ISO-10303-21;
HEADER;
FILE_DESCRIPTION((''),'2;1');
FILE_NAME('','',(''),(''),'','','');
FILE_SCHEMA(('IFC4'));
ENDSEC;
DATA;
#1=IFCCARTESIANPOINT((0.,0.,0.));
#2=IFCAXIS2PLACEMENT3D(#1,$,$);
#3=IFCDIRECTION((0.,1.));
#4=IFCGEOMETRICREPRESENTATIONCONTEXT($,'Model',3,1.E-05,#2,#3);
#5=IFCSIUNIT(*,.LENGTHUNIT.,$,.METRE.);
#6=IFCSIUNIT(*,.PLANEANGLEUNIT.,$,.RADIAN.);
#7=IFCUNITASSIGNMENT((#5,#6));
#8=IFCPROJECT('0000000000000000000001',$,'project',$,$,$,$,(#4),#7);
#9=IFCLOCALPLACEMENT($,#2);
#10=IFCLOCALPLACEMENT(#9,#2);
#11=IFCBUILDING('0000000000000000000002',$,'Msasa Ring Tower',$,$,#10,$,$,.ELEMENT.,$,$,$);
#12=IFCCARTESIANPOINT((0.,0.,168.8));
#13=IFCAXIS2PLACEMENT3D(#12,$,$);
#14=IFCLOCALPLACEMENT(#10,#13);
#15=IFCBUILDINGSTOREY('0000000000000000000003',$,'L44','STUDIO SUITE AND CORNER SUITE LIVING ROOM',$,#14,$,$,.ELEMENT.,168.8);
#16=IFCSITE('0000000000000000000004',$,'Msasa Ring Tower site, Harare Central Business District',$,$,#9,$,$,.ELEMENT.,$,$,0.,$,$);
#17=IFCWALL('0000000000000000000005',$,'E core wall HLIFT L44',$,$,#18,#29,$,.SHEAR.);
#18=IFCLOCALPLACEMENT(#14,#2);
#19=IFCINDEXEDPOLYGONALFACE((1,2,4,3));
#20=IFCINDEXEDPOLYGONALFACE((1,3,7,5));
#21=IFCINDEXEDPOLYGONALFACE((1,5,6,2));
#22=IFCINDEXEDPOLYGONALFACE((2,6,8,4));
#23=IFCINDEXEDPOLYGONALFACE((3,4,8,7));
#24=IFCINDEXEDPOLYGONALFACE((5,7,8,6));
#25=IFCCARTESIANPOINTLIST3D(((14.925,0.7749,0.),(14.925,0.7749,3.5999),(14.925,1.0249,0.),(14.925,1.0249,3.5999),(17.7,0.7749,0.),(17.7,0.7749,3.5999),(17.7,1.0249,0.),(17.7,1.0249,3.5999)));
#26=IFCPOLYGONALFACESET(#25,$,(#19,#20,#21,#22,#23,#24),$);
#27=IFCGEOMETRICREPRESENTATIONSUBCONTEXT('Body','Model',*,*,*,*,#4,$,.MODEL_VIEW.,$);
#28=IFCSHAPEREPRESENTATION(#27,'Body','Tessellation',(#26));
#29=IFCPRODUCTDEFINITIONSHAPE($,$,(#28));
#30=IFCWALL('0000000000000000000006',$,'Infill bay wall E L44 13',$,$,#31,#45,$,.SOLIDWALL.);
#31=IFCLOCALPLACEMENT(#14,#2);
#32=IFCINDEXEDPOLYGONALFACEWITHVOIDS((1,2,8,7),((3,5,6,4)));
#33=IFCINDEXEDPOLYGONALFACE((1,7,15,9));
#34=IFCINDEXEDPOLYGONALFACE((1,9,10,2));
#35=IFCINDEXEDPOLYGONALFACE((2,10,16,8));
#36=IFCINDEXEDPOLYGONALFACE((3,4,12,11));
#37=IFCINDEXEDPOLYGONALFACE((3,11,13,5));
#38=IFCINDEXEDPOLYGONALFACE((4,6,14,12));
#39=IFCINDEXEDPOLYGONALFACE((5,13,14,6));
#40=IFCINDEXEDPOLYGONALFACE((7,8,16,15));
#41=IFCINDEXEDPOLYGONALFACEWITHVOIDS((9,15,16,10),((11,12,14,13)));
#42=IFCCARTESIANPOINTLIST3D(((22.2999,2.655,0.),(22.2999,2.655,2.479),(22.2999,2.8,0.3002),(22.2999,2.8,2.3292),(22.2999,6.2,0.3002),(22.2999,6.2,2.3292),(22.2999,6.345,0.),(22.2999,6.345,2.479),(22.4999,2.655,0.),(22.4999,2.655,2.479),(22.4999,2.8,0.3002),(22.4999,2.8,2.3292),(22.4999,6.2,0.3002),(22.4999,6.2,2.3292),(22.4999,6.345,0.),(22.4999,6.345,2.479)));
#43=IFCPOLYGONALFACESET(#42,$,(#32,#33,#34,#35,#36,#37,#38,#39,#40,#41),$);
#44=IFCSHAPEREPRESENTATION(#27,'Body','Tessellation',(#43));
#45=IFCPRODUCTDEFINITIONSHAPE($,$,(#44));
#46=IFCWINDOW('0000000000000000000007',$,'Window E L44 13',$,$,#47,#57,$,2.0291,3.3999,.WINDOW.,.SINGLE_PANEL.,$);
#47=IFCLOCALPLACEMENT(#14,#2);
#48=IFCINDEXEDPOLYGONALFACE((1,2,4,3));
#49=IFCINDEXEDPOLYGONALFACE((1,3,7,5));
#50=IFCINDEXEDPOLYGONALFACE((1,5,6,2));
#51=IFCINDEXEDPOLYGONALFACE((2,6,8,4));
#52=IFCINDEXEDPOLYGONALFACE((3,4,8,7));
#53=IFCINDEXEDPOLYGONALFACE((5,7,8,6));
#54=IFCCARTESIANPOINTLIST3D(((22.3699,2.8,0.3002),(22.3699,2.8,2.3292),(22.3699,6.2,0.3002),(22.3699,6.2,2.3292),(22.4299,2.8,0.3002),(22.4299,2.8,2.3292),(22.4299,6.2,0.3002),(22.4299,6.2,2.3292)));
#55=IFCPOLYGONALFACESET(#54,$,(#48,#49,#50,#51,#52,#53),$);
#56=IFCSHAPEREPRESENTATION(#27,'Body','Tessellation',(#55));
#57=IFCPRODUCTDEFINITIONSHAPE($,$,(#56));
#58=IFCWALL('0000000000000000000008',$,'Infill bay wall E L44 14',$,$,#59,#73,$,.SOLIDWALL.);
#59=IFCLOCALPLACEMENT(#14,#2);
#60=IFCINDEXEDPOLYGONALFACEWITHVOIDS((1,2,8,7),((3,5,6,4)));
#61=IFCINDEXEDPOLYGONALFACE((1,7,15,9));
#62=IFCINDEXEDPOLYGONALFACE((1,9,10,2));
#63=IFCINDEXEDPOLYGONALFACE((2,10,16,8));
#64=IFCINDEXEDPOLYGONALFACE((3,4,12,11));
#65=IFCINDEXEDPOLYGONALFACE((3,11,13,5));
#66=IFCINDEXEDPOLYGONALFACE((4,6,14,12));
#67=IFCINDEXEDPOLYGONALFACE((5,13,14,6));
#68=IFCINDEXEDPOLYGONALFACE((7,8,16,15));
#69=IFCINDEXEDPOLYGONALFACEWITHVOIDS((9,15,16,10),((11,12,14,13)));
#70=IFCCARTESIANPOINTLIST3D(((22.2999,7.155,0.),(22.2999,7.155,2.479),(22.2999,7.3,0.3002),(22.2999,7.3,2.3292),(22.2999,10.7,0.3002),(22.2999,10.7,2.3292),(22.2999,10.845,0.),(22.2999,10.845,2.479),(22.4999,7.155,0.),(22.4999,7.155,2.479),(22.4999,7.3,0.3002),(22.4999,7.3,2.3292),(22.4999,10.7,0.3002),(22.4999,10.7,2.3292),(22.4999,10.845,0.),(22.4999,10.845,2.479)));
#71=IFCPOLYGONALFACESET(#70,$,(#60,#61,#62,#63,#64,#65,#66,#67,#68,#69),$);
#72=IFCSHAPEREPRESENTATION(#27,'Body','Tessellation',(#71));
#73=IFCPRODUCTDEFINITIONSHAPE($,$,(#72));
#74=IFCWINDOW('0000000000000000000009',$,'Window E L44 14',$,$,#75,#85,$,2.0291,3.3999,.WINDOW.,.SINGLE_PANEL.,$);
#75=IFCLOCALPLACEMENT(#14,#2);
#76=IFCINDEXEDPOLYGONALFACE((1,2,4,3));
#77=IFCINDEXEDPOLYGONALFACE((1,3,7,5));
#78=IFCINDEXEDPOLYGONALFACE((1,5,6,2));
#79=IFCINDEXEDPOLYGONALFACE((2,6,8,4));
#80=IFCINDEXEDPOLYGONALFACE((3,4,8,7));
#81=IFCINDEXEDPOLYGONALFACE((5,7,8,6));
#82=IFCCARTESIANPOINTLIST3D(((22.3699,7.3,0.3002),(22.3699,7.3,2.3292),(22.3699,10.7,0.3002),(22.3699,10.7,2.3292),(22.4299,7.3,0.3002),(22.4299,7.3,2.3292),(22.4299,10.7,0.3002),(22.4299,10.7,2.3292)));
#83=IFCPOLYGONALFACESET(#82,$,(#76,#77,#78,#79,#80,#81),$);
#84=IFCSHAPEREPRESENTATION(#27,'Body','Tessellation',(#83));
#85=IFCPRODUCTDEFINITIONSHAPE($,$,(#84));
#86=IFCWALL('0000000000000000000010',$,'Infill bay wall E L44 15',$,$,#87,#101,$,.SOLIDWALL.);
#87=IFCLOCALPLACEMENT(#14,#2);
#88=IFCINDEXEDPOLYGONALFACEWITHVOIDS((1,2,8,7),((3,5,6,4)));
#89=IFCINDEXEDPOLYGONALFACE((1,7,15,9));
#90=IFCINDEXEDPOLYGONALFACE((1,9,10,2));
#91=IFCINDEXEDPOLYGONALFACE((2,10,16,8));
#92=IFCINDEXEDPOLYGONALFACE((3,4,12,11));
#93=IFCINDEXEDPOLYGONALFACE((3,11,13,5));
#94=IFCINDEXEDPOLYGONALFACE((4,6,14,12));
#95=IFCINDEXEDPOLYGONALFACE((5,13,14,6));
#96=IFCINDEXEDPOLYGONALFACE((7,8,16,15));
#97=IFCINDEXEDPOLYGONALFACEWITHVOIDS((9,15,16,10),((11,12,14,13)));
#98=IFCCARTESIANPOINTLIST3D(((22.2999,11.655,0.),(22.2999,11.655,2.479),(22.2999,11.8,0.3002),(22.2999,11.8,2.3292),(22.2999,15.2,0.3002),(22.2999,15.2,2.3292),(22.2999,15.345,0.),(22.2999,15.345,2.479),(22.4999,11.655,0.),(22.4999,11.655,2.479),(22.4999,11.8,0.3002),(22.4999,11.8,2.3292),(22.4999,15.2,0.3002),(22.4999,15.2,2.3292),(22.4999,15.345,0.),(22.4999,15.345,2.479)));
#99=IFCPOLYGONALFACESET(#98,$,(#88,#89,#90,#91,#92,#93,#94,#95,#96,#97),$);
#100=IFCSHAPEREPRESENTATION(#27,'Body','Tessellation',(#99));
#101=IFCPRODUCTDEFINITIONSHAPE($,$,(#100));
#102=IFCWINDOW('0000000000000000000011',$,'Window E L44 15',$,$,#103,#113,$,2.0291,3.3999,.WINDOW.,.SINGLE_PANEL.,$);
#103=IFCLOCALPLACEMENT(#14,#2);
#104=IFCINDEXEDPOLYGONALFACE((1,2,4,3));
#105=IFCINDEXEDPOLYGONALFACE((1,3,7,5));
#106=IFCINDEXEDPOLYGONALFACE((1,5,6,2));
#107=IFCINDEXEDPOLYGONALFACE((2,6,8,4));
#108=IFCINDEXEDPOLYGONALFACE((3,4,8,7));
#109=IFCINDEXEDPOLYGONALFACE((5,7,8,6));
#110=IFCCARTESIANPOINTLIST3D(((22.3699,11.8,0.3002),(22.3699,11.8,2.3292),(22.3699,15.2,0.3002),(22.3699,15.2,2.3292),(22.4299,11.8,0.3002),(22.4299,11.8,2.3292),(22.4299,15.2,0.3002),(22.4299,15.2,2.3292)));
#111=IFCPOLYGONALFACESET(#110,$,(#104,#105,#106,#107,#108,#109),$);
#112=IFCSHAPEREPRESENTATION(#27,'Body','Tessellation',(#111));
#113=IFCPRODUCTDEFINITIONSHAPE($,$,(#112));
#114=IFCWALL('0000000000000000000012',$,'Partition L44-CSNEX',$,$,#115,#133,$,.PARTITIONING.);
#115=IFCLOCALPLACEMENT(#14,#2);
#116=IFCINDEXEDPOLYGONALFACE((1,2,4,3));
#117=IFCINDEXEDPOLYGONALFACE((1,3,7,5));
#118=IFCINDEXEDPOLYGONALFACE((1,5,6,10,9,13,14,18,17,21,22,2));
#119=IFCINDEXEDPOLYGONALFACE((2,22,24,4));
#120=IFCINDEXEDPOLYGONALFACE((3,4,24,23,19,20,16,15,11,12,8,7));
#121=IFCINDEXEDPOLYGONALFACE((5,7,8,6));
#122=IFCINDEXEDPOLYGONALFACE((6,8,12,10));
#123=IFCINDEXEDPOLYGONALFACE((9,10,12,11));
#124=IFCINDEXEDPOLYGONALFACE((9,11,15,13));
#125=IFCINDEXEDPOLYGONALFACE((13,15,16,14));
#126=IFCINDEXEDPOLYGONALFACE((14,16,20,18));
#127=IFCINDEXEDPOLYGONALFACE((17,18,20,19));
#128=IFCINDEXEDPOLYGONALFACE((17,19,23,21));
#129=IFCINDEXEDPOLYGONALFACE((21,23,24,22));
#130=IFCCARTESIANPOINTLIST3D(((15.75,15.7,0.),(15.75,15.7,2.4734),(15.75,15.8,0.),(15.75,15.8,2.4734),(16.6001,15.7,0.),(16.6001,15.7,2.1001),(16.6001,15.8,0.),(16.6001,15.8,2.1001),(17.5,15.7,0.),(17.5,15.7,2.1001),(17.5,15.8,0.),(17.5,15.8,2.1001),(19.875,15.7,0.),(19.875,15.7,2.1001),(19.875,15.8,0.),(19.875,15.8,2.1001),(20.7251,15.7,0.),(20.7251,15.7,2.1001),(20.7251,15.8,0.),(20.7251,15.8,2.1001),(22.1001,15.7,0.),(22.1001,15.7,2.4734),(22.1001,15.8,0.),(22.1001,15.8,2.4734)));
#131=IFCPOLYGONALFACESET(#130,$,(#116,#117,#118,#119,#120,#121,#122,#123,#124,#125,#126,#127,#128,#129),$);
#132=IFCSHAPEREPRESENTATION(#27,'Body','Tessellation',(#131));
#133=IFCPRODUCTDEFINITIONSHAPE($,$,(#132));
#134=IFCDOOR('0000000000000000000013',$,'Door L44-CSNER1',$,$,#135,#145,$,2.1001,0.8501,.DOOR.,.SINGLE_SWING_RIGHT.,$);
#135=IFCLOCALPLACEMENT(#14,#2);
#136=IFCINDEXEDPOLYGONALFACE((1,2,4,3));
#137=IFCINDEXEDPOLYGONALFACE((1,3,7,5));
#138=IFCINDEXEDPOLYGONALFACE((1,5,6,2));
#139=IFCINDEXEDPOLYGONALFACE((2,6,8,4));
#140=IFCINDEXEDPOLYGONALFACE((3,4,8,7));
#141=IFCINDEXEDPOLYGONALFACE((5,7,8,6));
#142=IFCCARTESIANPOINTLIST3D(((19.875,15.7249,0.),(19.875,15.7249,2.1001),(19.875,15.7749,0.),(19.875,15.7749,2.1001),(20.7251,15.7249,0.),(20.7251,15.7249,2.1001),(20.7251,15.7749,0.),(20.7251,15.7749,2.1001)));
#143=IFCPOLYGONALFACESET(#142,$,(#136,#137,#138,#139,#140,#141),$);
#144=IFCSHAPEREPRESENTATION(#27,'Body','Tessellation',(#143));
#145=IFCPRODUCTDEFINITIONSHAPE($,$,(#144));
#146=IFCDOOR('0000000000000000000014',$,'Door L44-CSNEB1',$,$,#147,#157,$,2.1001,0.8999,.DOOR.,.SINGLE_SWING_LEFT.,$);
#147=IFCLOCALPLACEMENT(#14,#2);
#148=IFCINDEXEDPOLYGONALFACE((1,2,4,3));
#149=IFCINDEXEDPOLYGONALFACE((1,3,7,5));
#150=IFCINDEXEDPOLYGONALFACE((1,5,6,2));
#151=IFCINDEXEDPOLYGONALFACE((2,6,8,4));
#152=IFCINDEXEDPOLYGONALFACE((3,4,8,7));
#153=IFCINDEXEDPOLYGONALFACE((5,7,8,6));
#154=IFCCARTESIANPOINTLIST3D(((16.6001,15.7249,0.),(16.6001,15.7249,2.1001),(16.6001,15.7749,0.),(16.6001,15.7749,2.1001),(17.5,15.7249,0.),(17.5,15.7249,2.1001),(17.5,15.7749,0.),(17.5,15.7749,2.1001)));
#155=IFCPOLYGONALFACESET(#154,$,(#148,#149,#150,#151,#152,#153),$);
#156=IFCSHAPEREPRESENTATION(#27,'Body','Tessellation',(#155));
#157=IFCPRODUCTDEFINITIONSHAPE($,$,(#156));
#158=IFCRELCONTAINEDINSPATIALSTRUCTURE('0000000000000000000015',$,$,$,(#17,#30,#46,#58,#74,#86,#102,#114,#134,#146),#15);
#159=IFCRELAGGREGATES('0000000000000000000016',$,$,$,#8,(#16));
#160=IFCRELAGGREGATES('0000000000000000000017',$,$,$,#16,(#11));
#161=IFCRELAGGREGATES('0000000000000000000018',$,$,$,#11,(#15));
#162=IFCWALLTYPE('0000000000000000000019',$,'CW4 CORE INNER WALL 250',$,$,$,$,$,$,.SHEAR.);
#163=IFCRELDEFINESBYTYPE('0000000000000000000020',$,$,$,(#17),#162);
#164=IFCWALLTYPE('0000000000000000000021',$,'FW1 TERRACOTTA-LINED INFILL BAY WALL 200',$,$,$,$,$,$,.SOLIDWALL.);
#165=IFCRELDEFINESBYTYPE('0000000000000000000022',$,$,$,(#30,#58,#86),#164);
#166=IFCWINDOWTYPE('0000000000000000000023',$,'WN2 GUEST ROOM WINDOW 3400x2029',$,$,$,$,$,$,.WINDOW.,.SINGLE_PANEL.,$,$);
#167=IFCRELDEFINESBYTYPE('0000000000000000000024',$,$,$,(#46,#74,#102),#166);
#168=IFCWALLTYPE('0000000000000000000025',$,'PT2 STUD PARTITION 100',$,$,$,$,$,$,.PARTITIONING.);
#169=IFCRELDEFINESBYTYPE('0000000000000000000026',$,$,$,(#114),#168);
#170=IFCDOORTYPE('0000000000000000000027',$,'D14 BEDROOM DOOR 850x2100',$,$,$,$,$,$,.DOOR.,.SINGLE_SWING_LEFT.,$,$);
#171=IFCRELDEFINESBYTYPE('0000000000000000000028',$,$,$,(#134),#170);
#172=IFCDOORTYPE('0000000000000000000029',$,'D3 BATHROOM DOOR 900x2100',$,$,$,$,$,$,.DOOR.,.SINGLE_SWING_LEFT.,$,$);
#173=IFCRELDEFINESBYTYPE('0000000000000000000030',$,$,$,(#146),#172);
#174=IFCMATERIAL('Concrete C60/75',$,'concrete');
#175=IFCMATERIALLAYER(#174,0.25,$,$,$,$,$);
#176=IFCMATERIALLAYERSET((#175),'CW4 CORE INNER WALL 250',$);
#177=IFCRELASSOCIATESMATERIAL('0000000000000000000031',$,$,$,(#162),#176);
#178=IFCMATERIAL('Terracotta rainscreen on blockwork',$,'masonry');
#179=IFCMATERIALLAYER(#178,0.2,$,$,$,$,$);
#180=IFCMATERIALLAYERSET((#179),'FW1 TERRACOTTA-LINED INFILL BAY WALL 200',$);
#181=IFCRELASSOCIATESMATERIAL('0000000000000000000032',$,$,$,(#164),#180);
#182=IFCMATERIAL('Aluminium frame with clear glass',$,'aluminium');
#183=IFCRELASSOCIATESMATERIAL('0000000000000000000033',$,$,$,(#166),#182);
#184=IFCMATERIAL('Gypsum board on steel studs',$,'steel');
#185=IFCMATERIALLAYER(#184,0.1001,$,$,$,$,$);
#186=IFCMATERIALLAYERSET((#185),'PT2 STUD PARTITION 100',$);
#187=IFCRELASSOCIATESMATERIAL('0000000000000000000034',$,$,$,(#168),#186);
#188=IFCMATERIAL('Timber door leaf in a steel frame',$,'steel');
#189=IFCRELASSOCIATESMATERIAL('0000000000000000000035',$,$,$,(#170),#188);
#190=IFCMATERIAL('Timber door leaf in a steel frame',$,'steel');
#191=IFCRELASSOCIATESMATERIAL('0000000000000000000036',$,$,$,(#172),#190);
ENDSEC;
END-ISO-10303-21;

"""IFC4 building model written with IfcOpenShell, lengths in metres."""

from ifc_helpers import new_model, si_unit, direction, frame, frame_2d, origin, place, context, subcontext, project, spatial, rectangle, extrude, material, layer, layer_set, type_object, element, fill, save


model = new_model("IFC4")

# Units and contexts
model_context = context("Model", 3, precision=1e-05, world=origin(), true_north=direction((0.0, 1.0)))
body_context = subcontext(model_context, "Body", "Model", "MODEL_VIEW")
ifc_project = project(units=[si_unit("LENGTHUNIT", "METRE"), si_unit("PLANEANGLEUNIT", "RADIAN")], contexts=[model_context])

# Site, building, storey
site_placement = place(None, origin())
site = spatial("IfcSite", under=ifc_project, at=site_placement, Name="Msasa Ring Tower site, Harare Central Business District", CompositionType="ELEMENT", RefElevation=0.0)
building_placement = place(site_placement, origin())
building = spatial("IfcBuilding", under=site, at=building_placement, Name="Msasa Ring Tower", CompositionType="ELEMENT")
storey_placement = place(building_placement, frame((0.0, 0.0, 168.8)))
storey = spatial("IfcBuildingStorey", under=building, at=storey_placement, Name="L44", Description="STUDIO SUITE AND CORNER SUITE LIVING ROOM", CompositionType="ELEMENT", Elevation=168.8)

# Wall
ifc_material_1 = material(Name="Concrete C60/75", Category="concrete")
ifc_layer_1 = layer(ifc_material_1, 0.25)
ifc_layer_set_1 = layer_set([ifc_layer_1], Name="CW4 CORE INNER WALL 250")
wall_type_1 = type_object("IfcWallType", Name="CW4 CORE INNER WALL 250", PredefinedType="SHEAR", material=ifc_layer_set_1)
wall_1_placement = place(storey_placement, frame((14.925, 0.8999, 0.0), z_axis=(0.0, 0.0, 1.0), x_axis=(1.0, 0.0, 0.0)))
element("IfcWall", 1, at=wall_1_placement, inside=storey, type_object=wall_type_1, Name="E core wall HLIFT L44", PredefinedType="SHEAR", context=body_context, shape_type="SweptSolid", body=[
    extrude(rectangle(XDim=2.7749, YDim=0.25, at=frame_2d((1.3875, 0.0))), origin(), (0.0, 0.0, 1.0), 3.5999),
])

# Walls, openings, windows
ifc_material_2 = material(Name="Terracotta rainscreen on blockwork", Category="masonry")
ifc_layer_2 = layer(ifc_material_2, 0.2)
ifc_layer_set_2 = layer_set([ifc_layer_2], Name="FW1 TERRACOTTA-LINED INFILL BAY WALL 200")
wall_type_2 = type_object("IfcWallType", Name="FW1 TERRACOTTA-LINED INFILL BAY WALL 200", PredefinedType="SOLIDWALL", material=ifc_layer_set_2)
wall_2_placement = place(storey_placement, frame((22.3999, 2.655, 0.0), z_axis=(0.0, 0.0, 1.0), x_axis=(0.0, 1.0, 0.0)))
wall_2 = element("IfcWall", 2, at=wall_2_placement, inside=storey, type_object=wall_type_2, Name="Infill bay wall E L44 13", PredefinedType="SOLIDWALL", context=body_context, shape_type="SweptSolid", body=[
    extrude(rectangle(XDim=3.6899, YDim=0.2, at=frame_2d((1.845, 0.0))), origin(), (0.0, 0.0, 1.0), 2.479),
])
opening_1_placement = place(wall_2_placement, frame((0.145, 0.0, 0.3)))
opening_1 = element("IfcOpeningElement", 3, at=opening_1_placement, cuts=wall_2, PredefinedType="OPENING", context=body_context, shape_type="SweptSolid", body=[
    extrude(rectangle(XDim=3.3999, YDim=2.0291, at=frame_2d((1.7, 1.0146))), frame((0.0, 0.1099, 0.0), z_axis=(0.0, -1.0, 0.0), x_axis=(1.0, 0.0, 0.0)), (0.0, 0.0, 1.0), 0.22),
])
ifc_material_3 = material(Name="Aluminium frame with clear glass", Category="aluminium")
window_type = type_object("IfcWindowType", Name="WN2 GUEST ROOM WINDOW 3400x2029", PartitioningType="SINGLE_PANEL", PredefinedType="WINDOW", material=ifc_material_3)
window_1_placement = place(opening_1_placement, origin())
window_1 = element("IfcWindow", 4, at=window_1_placement, inside=storey, type_object=window_type, Name="Window E L44 13", OverallHeight=2.0291, OverallWidth=3.3999, PartitioningType="SINGLE_PANEL", PredefinedType="WINDOW", context=body_context, shape_type="SweptSolid", body=[
    extrude(rectangle(XDim=3.3999, YDim=2.0291, at=frame_2d((1.7, 1.0146))), frame((0.0, 0.03, 0.0), z_axis=(0.0, -1.0, 0.0), x_axis=(1.0, 0.0, 0.0)), (0.0, 0.0, 1.0), 0.0601),
])
fill(opening_1, window_1)
wall_3_placement = place(storey_placement, frame((22.3999, 7.155, 0.0), z_axis=(0.0, 0.0, 1.0), x_axis=(0.0, 1.0, 0.0)))
wall_3 = element("IfcWall", 5, at=wall_3_placement, inside=storey, type_object=wall_type_2, Name="Infill bay wall E L44 14", PredefinedType="SOLIDWALL", context=body_context, shape_type="SweptSolid", body=[
    extrude(rectangle(XDim=3.6899, YDim=0.2, at=frame_2d((1.845, 0.0))), origin(), (0.0, 0.0, 1.0), 2.479),
])
opening_2_placement = place(wall_3_placement, frame((0.145, 0.0, 0.3)))
opening_2 = element("IfcOpeningElement", 6, at=opening_2_placement, cuts=wall_3, PredefinedType="OPENING", context=body_context, shape_type="SweptSolid", body=[
    extrude(rectangle(XDim=3.3999, YDim=2.0291, at=frame_2d((1.7, 1.0146))), frame((0.0, 0.1099, 0.0), z_axis=(0.0, -1.0, 0.0), x_axis=(1.0, 0.0, 0.0)), (0.0, 0.0, 1.0), 0.22),
])
window_2_placement = place(opening_2_placement, origin())
window_2 = element("IfcWindow", 7, at=window_2_placement, inside=storey, type_object=window_type, Name="Window E L44 14", OverallHeight=2.0291, OverallWidth=3.3999, PartitioningType="SINGLE_PANEL", PredefinedType="WINDOW", context=body_context, shape_type="SweptSolid", body=[
    extrude(rectangle(XDim=3.3999, YDim=2.0291, at=frame_2d((1.7, 1.0146))), frame((0.0, 0.03, 0.0), z_axis=(0.0, -1.0, 0.0), x_axis=(1.0, 0.0, 0.0)), (0.0, 0.0, 1.0), 0.0601),
])
fill(opening_2, window_2)
wall_4_placement = place(storey_placement, frame((22.3999, 11.655, 0.0), z_axis=(0.0, 0.0, 1.0), x_axis=(0.0, 1.0, 0.0)))
wall_4 = element("IfcWall", 8, at=wall_4_placement, inside=storey, type_object=wall_type_2, Name="Infill bay wall E L44 15", PredefinedType="SOLIDWALL", context=body_context, shape_type="SweptSolid", body=[
    extrude(rectangle(XDim=3.6899, YDim=0.2, at=frame_2d((1.845, 0.0))), origin(), (0.0, 0.0, 1.0), 2.479),
])
opening_3_placement = place(wall_4_placement, frame((0.145, 0.0, 0.3)))
opening_3 = element("IfcOpeningElement", 9, at=opening_3_placement, cuts=wall_4, PredefinedType="OPENING", context=body_context, shape_type="SweptSolid", body=[
    extrude(rectangle(XDim=3.3999, YDim=2.0291, at=frame_2d((1.7, 1.0146))), frame((0.0, 0.1099, 0.0), z_axis=(0.0, -1.0, 0.0), x_axis=(1.0, 0.0, 0.0)), (0.0, 0.0, 1.0), 0.22),
])
window_3_placement = place(opening_3_placement, origin())
window_3 = element("IfcWindow", 10, at=window_3_placement, inside=storey, type_object=window_type, Name="Window E L44 15", OverallHeight=2.0291, OverallWidth=3.3999, PartitioningType="SINGLE_PANEL", PredefinedType="WINDOW", context=body_context, shape_type="SweptSolid", body=[
    extrude(rectangle(XDim=3.3999, YDim=2.0291, at=frame_2d((1.7, 1.0146))), frame((0.0, 0.03, 0.0), z_axis=(0.0, -1.0, 0.0), x_axis=(1.0, 0.0, 0.0)), (0.0, 0.0, 1.0), 0.0601),
])
fill(opening_3, window_3)

# Wall, openings, doors
ifc_material_4 = material(Name="Gypsum board on steel studs", Category="steel")
ifc_layer_3 = layer(ifc_material_4, 0.1001)
ifc_layer_set_3 = layer_set([ifc_layer_3], Name="PT2 STUD PARTITION 100")
wall_type_3 = type_object("IfcWallType", Name="PT2 STUD PARTITION 100", PredefinedType="PARTITIONING", material=ifc_layer_set_3)
wall_5_placement = place(storey_placement, frame((15.75, 15.75, 0.0), z_axis=(0.0, 0.0, 1.0), x_axis=(1.0, 0.0, 0.0)))
wall_5 = element("IfcWall", 11, at=wall_5_placement, inside=storey, type_object=wall_type_3, Name="Partition L44-CSNEX", PredefinedType="PARTITIONING", context=body_context, shape_type="SweptSolid", body=[
    extrude(rectangle(XDim=6.3501, YDim=0.1001, at=frame_2d((3.175, 0.0))), origin(), (0.0, 0.0, 1.0), 2.4734),
])
opening_4_placement = place(wall_5_placement, frame((4.125, 0.0, 0.0)))
opening_4 = element("IfcOpeningElement", 12, at=opening_4_placement, cuts=wall_5, PredefinedType="OPENING", context=body_context, shape_type="SweptSolid", body=[
    extrude(rectangle(XDim=0.8501, YDim=2.1001, at=frame_2d((0.425, 1.05))), frame((0.0, 0.0601, 0.0), z_axis=(0.0, -1.0, 0.0), x_axis=(1.0, 0.0, 0.0)), (0.0, 0.0, 1.0), 0.1201),
])
opening_5_placement = place(wall_5_placement, frame((0.8501, 0.0, 0.0)))
opening_5 = element("IfcOpeningElement", 13, at=opening_5_placement, cuts=wall_5, PredefinedType="OPENING", context=body_context, shape_type="SweptSolid", body=[
    extrude(rectangle(XDim=0.8999, YDim=2.1001, at=frame_2d((0.45, 1.05))), frame((0.0, 0.0601, 0.0), z_axis=(0.0, -1.0, 0.0), x_axis=(1.0, 0.0, 0.0)), (0.0, 0.0, 1.0), 0.1201),
])
ifc_material_5 = material(Name="Timber door leaf in a steel frame", Category="steel")
door_type_1 = type_object("IfcDoorType", Name="D14 BEDROOM DOOR 850x2100", OperationType="SINGLE_SWING_LEFT", PredefinedType="DOOR", material=ifc_material_5)
door_1_placement = place(opening_4_placement, origin())
door_1 = element("IfcDoor", 14, at=door_1_placement, inside=storey, type_object=door_type_1, Name="Door L44-CSNER1", OperationType="SINGLE_SWING_RIGHT", OverallHeight=2.1001, OverallWidth=0.8501, PredefinedType="DOOR", context=body_context, shape_type="SweptSolid", body=[
    extrude(rectangle(XDim=0.8501, YDim=2.1001, at=frame_2d((0.425, 1.05))), frame((0.0, 0.0249, 0.0), z_axis=(0.0, -1.0, 0.0), x_axis=(1.0, 0.0, 0.0)), (0.0, 0.0, 1.0), 0.05),
])
fill(opening_4, door_1)
ifc_material_6 = material(Name="Timber door leaf in a steel frame", Category="steel")
door_type_2 = type_object("IfcDoorType", Name="D3 BATHROOM DOOR 900x2100", OperationType="SINGLE_SWING_LEFT", PredefinedType="DOOR", material=ifc_material_6)
door_2_placement = place(opening_5_placement, origin())
door_2 = element("IfcDoor", 15, at=door_2_placement, inside=storey, type_object=door_type_2, Name="Door L44-CSNEB1", OperationType="SINGLE_SWING_LEFT", OverallHeight=2.1001, OverallWidth=0.8999, PredefinedType="DOOR", context=body_context, shape_type="SweptSolid", body=[
    extrude(rectangle(XDim=0.8999, YDim=2.1001, at=frame_2d((0.45, 1.05))), frame((0.0, 0.0249, 0.0), z_axis=(0.0, -1.0, 0.0), x_axis=(1.0, 0.0, 0.0)), (0.0, 0.0, 1.0), 0.05),
])
fill(opening_5, door_2)

save(model, "model.ifc")
